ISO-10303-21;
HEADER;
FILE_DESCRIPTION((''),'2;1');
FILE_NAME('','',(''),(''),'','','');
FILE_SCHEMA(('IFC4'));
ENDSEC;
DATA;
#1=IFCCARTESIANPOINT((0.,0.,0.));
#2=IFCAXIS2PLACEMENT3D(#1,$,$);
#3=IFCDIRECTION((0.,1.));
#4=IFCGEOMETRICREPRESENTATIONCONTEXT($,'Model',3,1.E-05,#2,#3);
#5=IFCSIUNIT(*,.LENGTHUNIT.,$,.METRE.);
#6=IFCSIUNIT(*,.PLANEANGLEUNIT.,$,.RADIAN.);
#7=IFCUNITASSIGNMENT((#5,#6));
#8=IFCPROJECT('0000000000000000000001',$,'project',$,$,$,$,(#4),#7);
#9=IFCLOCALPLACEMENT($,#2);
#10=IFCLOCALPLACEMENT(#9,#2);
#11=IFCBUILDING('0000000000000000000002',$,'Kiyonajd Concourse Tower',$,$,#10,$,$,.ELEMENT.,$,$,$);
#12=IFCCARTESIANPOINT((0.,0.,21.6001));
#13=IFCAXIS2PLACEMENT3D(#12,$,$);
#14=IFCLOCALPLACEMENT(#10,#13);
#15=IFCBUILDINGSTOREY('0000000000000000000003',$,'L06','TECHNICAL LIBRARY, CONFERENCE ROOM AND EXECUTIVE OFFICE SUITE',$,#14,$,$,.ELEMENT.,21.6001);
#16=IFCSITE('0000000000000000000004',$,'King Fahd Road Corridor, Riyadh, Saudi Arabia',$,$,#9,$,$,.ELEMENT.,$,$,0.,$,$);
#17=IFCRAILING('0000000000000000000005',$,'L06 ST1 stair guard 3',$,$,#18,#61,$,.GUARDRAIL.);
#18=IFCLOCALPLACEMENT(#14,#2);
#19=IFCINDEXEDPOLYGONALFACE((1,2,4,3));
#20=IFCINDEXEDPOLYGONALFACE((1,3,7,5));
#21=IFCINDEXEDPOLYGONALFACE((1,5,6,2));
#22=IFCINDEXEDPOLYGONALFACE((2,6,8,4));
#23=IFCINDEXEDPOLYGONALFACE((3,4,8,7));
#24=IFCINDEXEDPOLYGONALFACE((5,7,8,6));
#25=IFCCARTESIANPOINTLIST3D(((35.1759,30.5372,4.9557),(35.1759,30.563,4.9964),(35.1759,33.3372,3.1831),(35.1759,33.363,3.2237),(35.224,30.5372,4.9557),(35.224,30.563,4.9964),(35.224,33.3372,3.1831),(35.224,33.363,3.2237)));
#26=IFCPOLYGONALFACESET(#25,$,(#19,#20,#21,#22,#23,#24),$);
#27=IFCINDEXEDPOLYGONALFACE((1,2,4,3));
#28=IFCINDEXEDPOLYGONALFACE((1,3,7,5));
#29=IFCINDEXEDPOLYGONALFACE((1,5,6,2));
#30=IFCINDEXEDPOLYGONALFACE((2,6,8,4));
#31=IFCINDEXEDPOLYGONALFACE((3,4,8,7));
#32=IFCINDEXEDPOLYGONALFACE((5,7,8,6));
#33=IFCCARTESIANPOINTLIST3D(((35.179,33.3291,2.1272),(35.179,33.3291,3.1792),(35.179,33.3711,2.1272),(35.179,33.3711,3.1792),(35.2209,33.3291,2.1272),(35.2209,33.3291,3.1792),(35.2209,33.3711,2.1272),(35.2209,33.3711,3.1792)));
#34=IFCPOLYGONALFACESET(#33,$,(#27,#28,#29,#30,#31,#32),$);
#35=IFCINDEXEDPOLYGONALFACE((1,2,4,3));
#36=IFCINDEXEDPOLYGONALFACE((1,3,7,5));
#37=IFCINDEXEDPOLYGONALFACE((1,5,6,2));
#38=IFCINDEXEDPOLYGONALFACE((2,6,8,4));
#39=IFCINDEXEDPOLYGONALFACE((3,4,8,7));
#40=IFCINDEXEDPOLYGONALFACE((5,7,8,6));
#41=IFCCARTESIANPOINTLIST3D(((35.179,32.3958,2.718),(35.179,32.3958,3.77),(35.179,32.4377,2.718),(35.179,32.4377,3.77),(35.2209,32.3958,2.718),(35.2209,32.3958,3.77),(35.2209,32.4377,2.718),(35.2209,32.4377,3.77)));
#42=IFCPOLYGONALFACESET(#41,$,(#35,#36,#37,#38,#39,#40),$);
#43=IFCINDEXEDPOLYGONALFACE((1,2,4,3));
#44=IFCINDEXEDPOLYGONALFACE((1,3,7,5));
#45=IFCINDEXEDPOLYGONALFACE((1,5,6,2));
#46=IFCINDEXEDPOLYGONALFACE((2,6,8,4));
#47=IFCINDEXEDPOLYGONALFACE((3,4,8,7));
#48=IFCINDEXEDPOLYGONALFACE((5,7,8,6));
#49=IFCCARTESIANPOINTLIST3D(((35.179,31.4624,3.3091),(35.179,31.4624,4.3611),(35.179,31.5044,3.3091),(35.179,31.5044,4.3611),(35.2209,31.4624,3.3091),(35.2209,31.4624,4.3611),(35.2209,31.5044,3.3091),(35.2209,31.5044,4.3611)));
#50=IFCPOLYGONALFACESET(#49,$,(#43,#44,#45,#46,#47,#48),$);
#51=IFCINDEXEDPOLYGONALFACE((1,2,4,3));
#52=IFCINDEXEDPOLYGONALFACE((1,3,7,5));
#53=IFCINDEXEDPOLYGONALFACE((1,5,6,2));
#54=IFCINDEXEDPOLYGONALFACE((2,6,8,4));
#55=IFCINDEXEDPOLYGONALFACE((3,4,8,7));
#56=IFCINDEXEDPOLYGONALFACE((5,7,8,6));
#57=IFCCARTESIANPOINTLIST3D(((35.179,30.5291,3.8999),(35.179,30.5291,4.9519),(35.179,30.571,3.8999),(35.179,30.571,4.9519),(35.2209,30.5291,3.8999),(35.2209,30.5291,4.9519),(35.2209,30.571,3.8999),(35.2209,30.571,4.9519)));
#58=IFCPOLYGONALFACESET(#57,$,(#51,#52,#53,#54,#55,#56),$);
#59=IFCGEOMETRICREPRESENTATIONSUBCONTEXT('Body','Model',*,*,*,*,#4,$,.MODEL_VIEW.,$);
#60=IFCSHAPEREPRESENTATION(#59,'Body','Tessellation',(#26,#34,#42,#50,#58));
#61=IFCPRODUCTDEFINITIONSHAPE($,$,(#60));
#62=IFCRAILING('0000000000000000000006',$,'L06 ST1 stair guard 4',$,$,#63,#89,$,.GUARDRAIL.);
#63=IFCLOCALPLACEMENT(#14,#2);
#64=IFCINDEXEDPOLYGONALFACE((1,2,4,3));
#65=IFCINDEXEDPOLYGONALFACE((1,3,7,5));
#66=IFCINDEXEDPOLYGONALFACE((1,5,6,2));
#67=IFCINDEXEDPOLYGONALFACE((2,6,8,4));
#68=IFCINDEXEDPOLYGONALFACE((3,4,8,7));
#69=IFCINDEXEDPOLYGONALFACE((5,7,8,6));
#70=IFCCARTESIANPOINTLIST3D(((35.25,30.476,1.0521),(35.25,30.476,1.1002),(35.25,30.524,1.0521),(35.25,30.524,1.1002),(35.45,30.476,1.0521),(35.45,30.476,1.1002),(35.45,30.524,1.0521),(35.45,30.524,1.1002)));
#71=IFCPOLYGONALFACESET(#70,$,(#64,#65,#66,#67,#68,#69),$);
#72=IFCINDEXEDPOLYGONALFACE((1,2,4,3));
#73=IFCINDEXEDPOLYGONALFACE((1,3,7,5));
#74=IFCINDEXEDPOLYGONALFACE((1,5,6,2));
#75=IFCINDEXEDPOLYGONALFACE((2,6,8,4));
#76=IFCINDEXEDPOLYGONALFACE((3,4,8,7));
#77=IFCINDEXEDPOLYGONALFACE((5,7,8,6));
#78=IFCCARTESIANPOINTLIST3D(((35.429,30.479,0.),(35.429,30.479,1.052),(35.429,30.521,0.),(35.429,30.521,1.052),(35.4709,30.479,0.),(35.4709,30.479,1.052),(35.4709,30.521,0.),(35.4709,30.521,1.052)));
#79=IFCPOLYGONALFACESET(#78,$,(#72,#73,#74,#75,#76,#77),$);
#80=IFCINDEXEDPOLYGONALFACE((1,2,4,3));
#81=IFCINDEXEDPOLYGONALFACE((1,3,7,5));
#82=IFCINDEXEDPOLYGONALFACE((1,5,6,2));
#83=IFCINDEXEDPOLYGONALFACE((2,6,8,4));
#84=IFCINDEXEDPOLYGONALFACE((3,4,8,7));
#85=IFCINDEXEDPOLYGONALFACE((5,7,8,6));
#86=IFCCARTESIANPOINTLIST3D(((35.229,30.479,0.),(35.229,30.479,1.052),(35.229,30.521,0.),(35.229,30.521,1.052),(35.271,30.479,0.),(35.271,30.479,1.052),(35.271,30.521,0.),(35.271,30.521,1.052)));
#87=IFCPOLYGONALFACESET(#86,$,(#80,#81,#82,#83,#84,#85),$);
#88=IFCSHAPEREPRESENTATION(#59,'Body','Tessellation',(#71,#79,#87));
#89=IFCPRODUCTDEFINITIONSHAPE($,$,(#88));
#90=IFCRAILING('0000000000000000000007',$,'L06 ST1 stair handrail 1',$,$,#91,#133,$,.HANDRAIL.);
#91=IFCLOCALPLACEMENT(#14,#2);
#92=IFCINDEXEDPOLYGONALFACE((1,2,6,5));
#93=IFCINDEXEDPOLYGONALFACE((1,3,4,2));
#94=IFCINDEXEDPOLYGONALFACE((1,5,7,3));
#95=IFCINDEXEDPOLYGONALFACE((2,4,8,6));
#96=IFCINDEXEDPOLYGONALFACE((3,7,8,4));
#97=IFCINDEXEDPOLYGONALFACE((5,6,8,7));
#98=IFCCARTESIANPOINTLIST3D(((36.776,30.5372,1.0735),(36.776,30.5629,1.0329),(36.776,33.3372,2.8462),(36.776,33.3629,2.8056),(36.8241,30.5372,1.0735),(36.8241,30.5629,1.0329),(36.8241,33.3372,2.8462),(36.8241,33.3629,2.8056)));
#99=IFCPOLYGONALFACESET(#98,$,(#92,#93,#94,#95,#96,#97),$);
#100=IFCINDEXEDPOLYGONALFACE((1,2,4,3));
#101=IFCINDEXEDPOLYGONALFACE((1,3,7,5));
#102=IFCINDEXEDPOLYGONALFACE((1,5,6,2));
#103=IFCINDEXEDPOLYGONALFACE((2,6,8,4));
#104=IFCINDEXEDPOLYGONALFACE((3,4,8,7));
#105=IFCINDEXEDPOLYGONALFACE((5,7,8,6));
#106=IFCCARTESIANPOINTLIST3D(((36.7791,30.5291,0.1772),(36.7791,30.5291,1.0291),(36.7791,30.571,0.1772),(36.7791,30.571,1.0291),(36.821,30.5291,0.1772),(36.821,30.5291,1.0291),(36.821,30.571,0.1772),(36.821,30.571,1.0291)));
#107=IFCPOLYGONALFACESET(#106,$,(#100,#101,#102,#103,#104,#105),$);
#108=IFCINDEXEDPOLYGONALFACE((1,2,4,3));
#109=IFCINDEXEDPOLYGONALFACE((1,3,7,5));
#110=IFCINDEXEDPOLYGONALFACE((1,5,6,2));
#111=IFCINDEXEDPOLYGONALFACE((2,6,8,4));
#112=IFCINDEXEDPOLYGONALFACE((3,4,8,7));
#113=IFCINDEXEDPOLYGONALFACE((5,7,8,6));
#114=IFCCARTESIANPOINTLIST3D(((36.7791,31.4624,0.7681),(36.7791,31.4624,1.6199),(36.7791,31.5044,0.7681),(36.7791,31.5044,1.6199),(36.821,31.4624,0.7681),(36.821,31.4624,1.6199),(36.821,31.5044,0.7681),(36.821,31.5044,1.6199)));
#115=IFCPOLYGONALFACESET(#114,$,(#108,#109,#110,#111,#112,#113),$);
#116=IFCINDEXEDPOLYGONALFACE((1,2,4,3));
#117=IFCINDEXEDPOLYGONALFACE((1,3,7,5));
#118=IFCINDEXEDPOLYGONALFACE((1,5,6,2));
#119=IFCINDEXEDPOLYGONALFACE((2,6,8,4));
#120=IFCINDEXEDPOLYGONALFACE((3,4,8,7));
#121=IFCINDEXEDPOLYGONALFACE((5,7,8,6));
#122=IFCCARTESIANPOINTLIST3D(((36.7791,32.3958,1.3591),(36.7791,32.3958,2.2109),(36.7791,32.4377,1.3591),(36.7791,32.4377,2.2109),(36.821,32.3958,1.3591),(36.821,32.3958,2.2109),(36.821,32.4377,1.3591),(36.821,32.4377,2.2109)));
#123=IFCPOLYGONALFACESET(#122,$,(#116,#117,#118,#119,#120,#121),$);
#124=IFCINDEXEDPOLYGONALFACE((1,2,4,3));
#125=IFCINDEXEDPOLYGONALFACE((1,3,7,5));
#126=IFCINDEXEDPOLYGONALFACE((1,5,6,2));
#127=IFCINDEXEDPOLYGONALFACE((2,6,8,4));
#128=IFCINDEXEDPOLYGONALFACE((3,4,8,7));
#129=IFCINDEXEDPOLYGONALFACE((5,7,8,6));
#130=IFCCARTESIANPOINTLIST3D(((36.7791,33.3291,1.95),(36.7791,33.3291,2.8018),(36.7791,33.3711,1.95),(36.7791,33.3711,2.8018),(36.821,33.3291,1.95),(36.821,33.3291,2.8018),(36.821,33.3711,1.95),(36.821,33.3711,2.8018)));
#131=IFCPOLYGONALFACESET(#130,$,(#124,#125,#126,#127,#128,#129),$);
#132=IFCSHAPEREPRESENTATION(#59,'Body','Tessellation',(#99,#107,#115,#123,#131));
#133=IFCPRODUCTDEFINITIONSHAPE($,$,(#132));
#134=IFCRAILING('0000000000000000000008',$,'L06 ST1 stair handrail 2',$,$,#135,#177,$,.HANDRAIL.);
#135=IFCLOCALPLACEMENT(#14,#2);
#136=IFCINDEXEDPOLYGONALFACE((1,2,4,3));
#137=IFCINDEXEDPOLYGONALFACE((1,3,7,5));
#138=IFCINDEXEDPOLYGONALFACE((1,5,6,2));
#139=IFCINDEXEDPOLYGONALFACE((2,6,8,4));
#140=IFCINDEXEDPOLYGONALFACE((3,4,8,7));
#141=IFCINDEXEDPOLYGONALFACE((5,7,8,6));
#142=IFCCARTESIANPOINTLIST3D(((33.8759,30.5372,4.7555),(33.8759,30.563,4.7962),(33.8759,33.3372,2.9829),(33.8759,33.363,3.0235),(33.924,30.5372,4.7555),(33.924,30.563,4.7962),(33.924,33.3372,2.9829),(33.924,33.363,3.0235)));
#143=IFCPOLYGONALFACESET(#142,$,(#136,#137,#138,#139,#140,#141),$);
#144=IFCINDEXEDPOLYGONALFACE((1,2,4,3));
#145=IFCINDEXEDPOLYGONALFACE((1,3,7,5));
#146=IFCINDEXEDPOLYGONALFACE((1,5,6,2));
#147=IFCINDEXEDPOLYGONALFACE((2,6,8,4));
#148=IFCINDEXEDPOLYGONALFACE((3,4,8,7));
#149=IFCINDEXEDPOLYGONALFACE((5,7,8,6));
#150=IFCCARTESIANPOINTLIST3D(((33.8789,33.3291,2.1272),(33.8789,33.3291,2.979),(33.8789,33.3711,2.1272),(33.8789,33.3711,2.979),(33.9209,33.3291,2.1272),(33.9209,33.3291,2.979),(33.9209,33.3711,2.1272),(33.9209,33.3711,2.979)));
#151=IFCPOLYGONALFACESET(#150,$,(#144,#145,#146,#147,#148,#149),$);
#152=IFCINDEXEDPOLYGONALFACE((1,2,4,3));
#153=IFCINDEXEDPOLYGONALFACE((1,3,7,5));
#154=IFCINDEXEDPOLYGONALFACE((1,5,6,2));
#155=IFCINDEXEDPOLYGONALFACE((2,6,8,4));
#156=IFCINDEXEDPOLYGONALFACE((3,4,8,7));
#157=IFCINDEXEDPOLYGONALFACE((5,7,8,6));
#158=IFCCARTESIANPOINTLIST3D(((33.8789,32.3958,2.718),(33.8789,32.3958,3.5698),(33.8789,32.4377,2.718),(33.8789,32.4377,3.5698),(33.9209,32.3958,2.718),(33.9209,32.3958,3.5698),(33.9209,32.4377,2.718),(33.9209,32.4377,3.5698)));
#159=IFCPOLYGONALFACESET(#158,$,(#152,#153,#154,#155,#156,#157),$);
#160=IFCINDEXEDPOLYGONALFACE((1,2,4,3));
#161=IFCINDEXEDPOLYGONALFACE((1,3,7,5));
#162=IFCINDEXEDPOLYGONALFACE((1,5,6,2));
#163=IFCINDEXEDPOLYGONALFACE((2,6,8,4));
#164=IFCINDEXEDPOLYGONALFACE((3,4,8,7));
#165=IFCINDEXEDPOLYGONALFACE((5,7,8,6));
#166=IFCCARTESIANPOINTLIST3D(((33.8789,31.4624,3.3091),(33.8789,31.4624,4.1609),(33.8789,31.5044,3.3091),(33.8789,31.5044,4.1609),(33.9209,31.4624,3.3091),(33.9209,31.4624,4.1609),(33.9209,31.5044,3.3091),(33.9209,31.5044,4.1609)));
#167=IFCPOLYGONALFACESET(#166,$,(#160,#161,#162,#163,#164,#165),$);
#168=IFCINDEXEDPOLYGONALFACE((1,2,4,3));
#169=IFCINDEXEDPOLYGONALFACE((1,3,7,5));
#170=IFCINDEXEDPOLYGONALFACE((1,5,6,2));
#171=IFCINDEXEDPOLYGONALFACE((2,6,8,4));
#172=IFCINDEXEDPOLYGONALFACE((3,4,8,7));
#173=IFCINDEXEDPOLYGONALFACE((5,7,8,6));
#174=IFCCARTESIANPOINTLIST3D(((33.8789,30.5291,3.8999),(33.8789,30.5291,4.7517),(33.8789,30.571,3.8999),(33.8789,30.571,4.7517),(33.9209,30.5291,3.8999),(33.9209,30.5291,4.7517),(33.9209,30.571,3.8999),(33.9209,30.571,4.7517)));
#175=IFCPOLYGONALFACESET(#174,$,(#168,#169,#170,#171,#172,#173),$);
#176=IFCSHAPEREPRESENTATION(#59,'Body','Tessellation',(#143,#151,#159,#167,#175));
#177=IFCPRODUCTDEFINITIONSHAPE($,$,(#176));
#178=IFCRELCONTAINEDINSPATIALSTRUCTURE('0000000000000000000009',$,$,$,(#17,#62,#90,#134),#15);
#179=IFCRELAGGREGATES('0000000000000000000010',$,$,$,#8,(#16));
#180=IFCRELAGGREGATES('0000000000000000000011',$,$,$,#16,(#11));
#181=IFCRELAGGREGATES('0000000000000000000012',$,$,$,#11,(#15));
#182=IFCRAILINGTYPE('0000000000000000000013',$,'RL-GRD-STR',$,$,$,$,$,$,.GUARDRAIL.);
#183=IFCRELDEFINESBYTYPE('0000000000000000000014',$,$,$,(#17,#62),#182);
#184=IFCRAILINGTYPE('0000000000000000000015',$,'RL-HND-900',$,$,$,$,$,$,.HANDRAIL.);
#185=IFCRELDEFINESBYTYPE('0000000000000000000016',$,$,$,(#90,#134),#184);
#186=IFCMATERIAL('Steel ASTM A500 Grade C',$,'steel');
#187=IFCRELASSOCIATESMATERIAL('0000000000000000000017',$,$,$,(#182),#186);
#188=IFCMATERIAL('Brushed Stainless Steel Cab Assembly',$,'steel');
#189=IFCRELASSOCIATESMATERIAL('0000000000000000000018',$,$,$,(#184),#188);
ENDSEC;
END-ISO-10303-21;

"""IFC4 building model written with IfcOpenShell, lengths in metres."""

from ifc_helpers import new_model, si_unit, direction, frame, origin, origin_2d, place, context, subcontext, project, spatial, rectangle, extrude, material, type_object, element, save


model = new_model("IFC4")

# Units and contexts
model_context = context("Model", 3, precision=1e-05, world=origin(), true_north=direction((0.0, 1.0)))
body_context = subcontext(model_context, "Body", "Model", "MODEL_VIEW")
ifc_project = project(units=[si_unit("LENGTHUNIT", "METRE"), si_unit("PLANEANGLEUNIT", "RADIAN")], contexts=[model_context])

# Site, building, storey
site_placement = place(None, origin())
site = spatial("IfcSite", under=ifc_project, at=site_placement, Name="King Fahd Road Corridor, Riyadh, Saudi Arabia", CompositionType="ELEMENT", RefElevation=0.0)
building_placement = place(site_placement, origin())
building = spatial("IfcBuilding", under=site, at=building_placement, Name="Kiyonajd Concourse Tower", CompositionType="ELEMENT")
storey_placement = place(building_placement, frame((0.0, 0.0, 21.6001)))
storey = spatial("IfcBuildingStorey", under=building, at=storey_placement, Name="L06", Description="TECHNICAL LIBRARY, CONFERENCE ROOM AND EXECUTIVE OFFICE SUITE", CompositionType="ELEMENT", Elevation=21.6001)

# Shared definitions
ifc_material_1 = material(Name="Brushed Stainless Steel Cab Assembly", Category="steel")

# Railings
ifc_material_2 = material(Name="Steel ASTM A500 Grade C", Category="steel")
railing_type_1 = type_object("IfcRailingType", Name="RL-GRD-STR", PredefinedType="GUARDRAIL", material=ifc_material_2)
railing_1_placement = place(storey_placement, frame((35.2, 33.3501, 2.1272)))
element("IfcRailing", 1, at=railing_1_placement, inside=storey, type_object=railing_type_1, Name="L06 ST1 stair guard 3", PredefinedType="GUARDRAIL", context=body_context, shape_type="SweptSolid", body=[
    extrude(rectangle(XDim=0.0481, YDim=0.0481, at=origin_2d()), frame((0.0, 0.0, 1.0762), z_axis=(0.0, -0.844909, 0.53491), x_axis=(1.0, 0.0, 0.0)), (0.0, 0.0, 1.0), 3.314),
    extrude(rectangle(XDim=0.042, YDim=0.042, at=origin_2d()), origin(), (0.0, 0.0, 1.0), 1.052),
    extrude(rectangle(XDim=0.042, YDim=0.042, at=origin_2d()), frame((0.0, -0.9333, 0.5908)), (0.0, 0.0, 1.0), 1.052),
    extrude(rectangle(XDim=0.042, YDim=0.042, at=origin_2d()), frame((0.0, -1.8667, 1.1819)), (0.0, 0.0, 1.0), 1.052),
    extrude(rectangle(XDim=0.042, YDim=0.042, at=origin_2d()), frame((0.0, -2.8, 1.7727)), (0.0, 0.0, 1.0), 1.052),
])
railing_2_placement = place(storey_placement, frame((35.45, 30.5, 0.0)))
element("IfcRailing", 2, at=railing_2_placement, inside=storey, type_object=railing_type_1, Name="L06 ST1 stair guard 4", PredefinedType="GUARDRAIL", context=body_context, shape_type="SweptSolid", body=[
    extrude(rectangle(XDim=0.0481, YDim=0.0481, at=origin_2d()), frame((0.0, 0.0, 1.0762), z_axis=(-1.0, 0.0, 0.0), x_axis=(0.0, -1.0, 0.0)), (0.0, 0.0, 1.0), 0.2),
    extrude(rectangle(XDim=0.042, YDim=0.042, at=origin_2d()), origin(), (0.0, 0.0, 1.0), 1.052),
    extrude(rectangle(XDim=0.042, YDim=0.042, at=origin_2d()), frame((-0.2, 0.0, 0.0)), (0.0, 0.0, 1.0), 1.052),
])
railing_type_2 = type_object("IfcRailingType", Name="RL-HND-900", PredefinedType="HANDRAIL", material=ifc_material_1)
railing_3_placement = place(storey_placement, frame((36.8, 30.55, 0.1772)))
element("IfcRailing", 3, at=railing_3_placement, inside=storey, type_object=railing_type_2, Name="L06 ST1 stair handrail 1", PredefinedType="HANDRAIL", context=body_context, shape_type="SweptSolid", body=[
    extrude(rectangle(XDim=0.0481, YDim=0.0481, at=origin_2d()), frame((0.0, 0.0, 0.876), z_axis=(0.0, 0.844909, 0.53491), x_axis=(-1.0, 0.0, 0.0)), (0.0, 0.0, 1.0), 3.314),
    extrude(rectangle(XDim=0.042, YDim=0.042, at=origin_2d()), origin(), (0.0, 0.0, 1.0), 0.8518),
    extrude(rectangle(XDim=0.042, YDim=0.042, at=origin_2d()), frame((0.0, 0.9333, 0.5908)), (0.0, 0.0, 1.0), 0.8518),
    extrude(rectangle(XDim=0.042, YDim=0.042, at=origin_2d()), frame((0.0, 1.8667, 1.1819)), (0.0, 0.0, 1.0), 0.8518),
    extrude(rectangle(XDim=0.042, YDim=0.042, at=origin_2d()), frame((0.0, 2.8, 1.7727)), (0.0, 0.0, 1.0), 0.8518),
])
railing_4_placement = place(storey_placement, frame((33.8999, 33.3501, 2.1272)))
element("IfcRailing", 4, at=railing_4_placement, inside=storey, type_object=railing_type_2, Name="L06 ST1 stair handrail 2", PredefinedType="HANDRAIL", context=body_context, shape_type="SweptSolid", body=[
    extrude(rectangle(XDim=0.0481, YDim=0.0481, at=origin_2d()), frame((0.0, 0.0, 0.876), z_axis=(0.0, -0.844909, 0.53491), x_axis=(1.0, 0.0, 0.0)), (0.0, 0.0, 1.0), 3.314),
    extrude(rectangle(XDim=0.042, YDim=0.042, at=origin_2d()), origin(), (0.0, 0.0, 1.0), 0.8518),
    extrude(rectangle(XDim=0.042, YDim=0.042, at=origin_2d()), frame((0.0, -0.9333, 0.5908)), (0.0, 0.0, 1.0), 0.8518),
    extrude(rectangle(XDim=0.042, YDim=0.042, at=origin_2d()), frame((0.0, -1.8667, 1.1819)), (0.0, 0.0, 1.0), 0.8518),
    extrude(rectangle(XDim=0.042, YDim=0.042, at=origin_2d()), frame((0.0, -2.8, 1.7727)), (0.0, 0.0, 1.0), 0.8518),
])

save(model, "model.ifc")
